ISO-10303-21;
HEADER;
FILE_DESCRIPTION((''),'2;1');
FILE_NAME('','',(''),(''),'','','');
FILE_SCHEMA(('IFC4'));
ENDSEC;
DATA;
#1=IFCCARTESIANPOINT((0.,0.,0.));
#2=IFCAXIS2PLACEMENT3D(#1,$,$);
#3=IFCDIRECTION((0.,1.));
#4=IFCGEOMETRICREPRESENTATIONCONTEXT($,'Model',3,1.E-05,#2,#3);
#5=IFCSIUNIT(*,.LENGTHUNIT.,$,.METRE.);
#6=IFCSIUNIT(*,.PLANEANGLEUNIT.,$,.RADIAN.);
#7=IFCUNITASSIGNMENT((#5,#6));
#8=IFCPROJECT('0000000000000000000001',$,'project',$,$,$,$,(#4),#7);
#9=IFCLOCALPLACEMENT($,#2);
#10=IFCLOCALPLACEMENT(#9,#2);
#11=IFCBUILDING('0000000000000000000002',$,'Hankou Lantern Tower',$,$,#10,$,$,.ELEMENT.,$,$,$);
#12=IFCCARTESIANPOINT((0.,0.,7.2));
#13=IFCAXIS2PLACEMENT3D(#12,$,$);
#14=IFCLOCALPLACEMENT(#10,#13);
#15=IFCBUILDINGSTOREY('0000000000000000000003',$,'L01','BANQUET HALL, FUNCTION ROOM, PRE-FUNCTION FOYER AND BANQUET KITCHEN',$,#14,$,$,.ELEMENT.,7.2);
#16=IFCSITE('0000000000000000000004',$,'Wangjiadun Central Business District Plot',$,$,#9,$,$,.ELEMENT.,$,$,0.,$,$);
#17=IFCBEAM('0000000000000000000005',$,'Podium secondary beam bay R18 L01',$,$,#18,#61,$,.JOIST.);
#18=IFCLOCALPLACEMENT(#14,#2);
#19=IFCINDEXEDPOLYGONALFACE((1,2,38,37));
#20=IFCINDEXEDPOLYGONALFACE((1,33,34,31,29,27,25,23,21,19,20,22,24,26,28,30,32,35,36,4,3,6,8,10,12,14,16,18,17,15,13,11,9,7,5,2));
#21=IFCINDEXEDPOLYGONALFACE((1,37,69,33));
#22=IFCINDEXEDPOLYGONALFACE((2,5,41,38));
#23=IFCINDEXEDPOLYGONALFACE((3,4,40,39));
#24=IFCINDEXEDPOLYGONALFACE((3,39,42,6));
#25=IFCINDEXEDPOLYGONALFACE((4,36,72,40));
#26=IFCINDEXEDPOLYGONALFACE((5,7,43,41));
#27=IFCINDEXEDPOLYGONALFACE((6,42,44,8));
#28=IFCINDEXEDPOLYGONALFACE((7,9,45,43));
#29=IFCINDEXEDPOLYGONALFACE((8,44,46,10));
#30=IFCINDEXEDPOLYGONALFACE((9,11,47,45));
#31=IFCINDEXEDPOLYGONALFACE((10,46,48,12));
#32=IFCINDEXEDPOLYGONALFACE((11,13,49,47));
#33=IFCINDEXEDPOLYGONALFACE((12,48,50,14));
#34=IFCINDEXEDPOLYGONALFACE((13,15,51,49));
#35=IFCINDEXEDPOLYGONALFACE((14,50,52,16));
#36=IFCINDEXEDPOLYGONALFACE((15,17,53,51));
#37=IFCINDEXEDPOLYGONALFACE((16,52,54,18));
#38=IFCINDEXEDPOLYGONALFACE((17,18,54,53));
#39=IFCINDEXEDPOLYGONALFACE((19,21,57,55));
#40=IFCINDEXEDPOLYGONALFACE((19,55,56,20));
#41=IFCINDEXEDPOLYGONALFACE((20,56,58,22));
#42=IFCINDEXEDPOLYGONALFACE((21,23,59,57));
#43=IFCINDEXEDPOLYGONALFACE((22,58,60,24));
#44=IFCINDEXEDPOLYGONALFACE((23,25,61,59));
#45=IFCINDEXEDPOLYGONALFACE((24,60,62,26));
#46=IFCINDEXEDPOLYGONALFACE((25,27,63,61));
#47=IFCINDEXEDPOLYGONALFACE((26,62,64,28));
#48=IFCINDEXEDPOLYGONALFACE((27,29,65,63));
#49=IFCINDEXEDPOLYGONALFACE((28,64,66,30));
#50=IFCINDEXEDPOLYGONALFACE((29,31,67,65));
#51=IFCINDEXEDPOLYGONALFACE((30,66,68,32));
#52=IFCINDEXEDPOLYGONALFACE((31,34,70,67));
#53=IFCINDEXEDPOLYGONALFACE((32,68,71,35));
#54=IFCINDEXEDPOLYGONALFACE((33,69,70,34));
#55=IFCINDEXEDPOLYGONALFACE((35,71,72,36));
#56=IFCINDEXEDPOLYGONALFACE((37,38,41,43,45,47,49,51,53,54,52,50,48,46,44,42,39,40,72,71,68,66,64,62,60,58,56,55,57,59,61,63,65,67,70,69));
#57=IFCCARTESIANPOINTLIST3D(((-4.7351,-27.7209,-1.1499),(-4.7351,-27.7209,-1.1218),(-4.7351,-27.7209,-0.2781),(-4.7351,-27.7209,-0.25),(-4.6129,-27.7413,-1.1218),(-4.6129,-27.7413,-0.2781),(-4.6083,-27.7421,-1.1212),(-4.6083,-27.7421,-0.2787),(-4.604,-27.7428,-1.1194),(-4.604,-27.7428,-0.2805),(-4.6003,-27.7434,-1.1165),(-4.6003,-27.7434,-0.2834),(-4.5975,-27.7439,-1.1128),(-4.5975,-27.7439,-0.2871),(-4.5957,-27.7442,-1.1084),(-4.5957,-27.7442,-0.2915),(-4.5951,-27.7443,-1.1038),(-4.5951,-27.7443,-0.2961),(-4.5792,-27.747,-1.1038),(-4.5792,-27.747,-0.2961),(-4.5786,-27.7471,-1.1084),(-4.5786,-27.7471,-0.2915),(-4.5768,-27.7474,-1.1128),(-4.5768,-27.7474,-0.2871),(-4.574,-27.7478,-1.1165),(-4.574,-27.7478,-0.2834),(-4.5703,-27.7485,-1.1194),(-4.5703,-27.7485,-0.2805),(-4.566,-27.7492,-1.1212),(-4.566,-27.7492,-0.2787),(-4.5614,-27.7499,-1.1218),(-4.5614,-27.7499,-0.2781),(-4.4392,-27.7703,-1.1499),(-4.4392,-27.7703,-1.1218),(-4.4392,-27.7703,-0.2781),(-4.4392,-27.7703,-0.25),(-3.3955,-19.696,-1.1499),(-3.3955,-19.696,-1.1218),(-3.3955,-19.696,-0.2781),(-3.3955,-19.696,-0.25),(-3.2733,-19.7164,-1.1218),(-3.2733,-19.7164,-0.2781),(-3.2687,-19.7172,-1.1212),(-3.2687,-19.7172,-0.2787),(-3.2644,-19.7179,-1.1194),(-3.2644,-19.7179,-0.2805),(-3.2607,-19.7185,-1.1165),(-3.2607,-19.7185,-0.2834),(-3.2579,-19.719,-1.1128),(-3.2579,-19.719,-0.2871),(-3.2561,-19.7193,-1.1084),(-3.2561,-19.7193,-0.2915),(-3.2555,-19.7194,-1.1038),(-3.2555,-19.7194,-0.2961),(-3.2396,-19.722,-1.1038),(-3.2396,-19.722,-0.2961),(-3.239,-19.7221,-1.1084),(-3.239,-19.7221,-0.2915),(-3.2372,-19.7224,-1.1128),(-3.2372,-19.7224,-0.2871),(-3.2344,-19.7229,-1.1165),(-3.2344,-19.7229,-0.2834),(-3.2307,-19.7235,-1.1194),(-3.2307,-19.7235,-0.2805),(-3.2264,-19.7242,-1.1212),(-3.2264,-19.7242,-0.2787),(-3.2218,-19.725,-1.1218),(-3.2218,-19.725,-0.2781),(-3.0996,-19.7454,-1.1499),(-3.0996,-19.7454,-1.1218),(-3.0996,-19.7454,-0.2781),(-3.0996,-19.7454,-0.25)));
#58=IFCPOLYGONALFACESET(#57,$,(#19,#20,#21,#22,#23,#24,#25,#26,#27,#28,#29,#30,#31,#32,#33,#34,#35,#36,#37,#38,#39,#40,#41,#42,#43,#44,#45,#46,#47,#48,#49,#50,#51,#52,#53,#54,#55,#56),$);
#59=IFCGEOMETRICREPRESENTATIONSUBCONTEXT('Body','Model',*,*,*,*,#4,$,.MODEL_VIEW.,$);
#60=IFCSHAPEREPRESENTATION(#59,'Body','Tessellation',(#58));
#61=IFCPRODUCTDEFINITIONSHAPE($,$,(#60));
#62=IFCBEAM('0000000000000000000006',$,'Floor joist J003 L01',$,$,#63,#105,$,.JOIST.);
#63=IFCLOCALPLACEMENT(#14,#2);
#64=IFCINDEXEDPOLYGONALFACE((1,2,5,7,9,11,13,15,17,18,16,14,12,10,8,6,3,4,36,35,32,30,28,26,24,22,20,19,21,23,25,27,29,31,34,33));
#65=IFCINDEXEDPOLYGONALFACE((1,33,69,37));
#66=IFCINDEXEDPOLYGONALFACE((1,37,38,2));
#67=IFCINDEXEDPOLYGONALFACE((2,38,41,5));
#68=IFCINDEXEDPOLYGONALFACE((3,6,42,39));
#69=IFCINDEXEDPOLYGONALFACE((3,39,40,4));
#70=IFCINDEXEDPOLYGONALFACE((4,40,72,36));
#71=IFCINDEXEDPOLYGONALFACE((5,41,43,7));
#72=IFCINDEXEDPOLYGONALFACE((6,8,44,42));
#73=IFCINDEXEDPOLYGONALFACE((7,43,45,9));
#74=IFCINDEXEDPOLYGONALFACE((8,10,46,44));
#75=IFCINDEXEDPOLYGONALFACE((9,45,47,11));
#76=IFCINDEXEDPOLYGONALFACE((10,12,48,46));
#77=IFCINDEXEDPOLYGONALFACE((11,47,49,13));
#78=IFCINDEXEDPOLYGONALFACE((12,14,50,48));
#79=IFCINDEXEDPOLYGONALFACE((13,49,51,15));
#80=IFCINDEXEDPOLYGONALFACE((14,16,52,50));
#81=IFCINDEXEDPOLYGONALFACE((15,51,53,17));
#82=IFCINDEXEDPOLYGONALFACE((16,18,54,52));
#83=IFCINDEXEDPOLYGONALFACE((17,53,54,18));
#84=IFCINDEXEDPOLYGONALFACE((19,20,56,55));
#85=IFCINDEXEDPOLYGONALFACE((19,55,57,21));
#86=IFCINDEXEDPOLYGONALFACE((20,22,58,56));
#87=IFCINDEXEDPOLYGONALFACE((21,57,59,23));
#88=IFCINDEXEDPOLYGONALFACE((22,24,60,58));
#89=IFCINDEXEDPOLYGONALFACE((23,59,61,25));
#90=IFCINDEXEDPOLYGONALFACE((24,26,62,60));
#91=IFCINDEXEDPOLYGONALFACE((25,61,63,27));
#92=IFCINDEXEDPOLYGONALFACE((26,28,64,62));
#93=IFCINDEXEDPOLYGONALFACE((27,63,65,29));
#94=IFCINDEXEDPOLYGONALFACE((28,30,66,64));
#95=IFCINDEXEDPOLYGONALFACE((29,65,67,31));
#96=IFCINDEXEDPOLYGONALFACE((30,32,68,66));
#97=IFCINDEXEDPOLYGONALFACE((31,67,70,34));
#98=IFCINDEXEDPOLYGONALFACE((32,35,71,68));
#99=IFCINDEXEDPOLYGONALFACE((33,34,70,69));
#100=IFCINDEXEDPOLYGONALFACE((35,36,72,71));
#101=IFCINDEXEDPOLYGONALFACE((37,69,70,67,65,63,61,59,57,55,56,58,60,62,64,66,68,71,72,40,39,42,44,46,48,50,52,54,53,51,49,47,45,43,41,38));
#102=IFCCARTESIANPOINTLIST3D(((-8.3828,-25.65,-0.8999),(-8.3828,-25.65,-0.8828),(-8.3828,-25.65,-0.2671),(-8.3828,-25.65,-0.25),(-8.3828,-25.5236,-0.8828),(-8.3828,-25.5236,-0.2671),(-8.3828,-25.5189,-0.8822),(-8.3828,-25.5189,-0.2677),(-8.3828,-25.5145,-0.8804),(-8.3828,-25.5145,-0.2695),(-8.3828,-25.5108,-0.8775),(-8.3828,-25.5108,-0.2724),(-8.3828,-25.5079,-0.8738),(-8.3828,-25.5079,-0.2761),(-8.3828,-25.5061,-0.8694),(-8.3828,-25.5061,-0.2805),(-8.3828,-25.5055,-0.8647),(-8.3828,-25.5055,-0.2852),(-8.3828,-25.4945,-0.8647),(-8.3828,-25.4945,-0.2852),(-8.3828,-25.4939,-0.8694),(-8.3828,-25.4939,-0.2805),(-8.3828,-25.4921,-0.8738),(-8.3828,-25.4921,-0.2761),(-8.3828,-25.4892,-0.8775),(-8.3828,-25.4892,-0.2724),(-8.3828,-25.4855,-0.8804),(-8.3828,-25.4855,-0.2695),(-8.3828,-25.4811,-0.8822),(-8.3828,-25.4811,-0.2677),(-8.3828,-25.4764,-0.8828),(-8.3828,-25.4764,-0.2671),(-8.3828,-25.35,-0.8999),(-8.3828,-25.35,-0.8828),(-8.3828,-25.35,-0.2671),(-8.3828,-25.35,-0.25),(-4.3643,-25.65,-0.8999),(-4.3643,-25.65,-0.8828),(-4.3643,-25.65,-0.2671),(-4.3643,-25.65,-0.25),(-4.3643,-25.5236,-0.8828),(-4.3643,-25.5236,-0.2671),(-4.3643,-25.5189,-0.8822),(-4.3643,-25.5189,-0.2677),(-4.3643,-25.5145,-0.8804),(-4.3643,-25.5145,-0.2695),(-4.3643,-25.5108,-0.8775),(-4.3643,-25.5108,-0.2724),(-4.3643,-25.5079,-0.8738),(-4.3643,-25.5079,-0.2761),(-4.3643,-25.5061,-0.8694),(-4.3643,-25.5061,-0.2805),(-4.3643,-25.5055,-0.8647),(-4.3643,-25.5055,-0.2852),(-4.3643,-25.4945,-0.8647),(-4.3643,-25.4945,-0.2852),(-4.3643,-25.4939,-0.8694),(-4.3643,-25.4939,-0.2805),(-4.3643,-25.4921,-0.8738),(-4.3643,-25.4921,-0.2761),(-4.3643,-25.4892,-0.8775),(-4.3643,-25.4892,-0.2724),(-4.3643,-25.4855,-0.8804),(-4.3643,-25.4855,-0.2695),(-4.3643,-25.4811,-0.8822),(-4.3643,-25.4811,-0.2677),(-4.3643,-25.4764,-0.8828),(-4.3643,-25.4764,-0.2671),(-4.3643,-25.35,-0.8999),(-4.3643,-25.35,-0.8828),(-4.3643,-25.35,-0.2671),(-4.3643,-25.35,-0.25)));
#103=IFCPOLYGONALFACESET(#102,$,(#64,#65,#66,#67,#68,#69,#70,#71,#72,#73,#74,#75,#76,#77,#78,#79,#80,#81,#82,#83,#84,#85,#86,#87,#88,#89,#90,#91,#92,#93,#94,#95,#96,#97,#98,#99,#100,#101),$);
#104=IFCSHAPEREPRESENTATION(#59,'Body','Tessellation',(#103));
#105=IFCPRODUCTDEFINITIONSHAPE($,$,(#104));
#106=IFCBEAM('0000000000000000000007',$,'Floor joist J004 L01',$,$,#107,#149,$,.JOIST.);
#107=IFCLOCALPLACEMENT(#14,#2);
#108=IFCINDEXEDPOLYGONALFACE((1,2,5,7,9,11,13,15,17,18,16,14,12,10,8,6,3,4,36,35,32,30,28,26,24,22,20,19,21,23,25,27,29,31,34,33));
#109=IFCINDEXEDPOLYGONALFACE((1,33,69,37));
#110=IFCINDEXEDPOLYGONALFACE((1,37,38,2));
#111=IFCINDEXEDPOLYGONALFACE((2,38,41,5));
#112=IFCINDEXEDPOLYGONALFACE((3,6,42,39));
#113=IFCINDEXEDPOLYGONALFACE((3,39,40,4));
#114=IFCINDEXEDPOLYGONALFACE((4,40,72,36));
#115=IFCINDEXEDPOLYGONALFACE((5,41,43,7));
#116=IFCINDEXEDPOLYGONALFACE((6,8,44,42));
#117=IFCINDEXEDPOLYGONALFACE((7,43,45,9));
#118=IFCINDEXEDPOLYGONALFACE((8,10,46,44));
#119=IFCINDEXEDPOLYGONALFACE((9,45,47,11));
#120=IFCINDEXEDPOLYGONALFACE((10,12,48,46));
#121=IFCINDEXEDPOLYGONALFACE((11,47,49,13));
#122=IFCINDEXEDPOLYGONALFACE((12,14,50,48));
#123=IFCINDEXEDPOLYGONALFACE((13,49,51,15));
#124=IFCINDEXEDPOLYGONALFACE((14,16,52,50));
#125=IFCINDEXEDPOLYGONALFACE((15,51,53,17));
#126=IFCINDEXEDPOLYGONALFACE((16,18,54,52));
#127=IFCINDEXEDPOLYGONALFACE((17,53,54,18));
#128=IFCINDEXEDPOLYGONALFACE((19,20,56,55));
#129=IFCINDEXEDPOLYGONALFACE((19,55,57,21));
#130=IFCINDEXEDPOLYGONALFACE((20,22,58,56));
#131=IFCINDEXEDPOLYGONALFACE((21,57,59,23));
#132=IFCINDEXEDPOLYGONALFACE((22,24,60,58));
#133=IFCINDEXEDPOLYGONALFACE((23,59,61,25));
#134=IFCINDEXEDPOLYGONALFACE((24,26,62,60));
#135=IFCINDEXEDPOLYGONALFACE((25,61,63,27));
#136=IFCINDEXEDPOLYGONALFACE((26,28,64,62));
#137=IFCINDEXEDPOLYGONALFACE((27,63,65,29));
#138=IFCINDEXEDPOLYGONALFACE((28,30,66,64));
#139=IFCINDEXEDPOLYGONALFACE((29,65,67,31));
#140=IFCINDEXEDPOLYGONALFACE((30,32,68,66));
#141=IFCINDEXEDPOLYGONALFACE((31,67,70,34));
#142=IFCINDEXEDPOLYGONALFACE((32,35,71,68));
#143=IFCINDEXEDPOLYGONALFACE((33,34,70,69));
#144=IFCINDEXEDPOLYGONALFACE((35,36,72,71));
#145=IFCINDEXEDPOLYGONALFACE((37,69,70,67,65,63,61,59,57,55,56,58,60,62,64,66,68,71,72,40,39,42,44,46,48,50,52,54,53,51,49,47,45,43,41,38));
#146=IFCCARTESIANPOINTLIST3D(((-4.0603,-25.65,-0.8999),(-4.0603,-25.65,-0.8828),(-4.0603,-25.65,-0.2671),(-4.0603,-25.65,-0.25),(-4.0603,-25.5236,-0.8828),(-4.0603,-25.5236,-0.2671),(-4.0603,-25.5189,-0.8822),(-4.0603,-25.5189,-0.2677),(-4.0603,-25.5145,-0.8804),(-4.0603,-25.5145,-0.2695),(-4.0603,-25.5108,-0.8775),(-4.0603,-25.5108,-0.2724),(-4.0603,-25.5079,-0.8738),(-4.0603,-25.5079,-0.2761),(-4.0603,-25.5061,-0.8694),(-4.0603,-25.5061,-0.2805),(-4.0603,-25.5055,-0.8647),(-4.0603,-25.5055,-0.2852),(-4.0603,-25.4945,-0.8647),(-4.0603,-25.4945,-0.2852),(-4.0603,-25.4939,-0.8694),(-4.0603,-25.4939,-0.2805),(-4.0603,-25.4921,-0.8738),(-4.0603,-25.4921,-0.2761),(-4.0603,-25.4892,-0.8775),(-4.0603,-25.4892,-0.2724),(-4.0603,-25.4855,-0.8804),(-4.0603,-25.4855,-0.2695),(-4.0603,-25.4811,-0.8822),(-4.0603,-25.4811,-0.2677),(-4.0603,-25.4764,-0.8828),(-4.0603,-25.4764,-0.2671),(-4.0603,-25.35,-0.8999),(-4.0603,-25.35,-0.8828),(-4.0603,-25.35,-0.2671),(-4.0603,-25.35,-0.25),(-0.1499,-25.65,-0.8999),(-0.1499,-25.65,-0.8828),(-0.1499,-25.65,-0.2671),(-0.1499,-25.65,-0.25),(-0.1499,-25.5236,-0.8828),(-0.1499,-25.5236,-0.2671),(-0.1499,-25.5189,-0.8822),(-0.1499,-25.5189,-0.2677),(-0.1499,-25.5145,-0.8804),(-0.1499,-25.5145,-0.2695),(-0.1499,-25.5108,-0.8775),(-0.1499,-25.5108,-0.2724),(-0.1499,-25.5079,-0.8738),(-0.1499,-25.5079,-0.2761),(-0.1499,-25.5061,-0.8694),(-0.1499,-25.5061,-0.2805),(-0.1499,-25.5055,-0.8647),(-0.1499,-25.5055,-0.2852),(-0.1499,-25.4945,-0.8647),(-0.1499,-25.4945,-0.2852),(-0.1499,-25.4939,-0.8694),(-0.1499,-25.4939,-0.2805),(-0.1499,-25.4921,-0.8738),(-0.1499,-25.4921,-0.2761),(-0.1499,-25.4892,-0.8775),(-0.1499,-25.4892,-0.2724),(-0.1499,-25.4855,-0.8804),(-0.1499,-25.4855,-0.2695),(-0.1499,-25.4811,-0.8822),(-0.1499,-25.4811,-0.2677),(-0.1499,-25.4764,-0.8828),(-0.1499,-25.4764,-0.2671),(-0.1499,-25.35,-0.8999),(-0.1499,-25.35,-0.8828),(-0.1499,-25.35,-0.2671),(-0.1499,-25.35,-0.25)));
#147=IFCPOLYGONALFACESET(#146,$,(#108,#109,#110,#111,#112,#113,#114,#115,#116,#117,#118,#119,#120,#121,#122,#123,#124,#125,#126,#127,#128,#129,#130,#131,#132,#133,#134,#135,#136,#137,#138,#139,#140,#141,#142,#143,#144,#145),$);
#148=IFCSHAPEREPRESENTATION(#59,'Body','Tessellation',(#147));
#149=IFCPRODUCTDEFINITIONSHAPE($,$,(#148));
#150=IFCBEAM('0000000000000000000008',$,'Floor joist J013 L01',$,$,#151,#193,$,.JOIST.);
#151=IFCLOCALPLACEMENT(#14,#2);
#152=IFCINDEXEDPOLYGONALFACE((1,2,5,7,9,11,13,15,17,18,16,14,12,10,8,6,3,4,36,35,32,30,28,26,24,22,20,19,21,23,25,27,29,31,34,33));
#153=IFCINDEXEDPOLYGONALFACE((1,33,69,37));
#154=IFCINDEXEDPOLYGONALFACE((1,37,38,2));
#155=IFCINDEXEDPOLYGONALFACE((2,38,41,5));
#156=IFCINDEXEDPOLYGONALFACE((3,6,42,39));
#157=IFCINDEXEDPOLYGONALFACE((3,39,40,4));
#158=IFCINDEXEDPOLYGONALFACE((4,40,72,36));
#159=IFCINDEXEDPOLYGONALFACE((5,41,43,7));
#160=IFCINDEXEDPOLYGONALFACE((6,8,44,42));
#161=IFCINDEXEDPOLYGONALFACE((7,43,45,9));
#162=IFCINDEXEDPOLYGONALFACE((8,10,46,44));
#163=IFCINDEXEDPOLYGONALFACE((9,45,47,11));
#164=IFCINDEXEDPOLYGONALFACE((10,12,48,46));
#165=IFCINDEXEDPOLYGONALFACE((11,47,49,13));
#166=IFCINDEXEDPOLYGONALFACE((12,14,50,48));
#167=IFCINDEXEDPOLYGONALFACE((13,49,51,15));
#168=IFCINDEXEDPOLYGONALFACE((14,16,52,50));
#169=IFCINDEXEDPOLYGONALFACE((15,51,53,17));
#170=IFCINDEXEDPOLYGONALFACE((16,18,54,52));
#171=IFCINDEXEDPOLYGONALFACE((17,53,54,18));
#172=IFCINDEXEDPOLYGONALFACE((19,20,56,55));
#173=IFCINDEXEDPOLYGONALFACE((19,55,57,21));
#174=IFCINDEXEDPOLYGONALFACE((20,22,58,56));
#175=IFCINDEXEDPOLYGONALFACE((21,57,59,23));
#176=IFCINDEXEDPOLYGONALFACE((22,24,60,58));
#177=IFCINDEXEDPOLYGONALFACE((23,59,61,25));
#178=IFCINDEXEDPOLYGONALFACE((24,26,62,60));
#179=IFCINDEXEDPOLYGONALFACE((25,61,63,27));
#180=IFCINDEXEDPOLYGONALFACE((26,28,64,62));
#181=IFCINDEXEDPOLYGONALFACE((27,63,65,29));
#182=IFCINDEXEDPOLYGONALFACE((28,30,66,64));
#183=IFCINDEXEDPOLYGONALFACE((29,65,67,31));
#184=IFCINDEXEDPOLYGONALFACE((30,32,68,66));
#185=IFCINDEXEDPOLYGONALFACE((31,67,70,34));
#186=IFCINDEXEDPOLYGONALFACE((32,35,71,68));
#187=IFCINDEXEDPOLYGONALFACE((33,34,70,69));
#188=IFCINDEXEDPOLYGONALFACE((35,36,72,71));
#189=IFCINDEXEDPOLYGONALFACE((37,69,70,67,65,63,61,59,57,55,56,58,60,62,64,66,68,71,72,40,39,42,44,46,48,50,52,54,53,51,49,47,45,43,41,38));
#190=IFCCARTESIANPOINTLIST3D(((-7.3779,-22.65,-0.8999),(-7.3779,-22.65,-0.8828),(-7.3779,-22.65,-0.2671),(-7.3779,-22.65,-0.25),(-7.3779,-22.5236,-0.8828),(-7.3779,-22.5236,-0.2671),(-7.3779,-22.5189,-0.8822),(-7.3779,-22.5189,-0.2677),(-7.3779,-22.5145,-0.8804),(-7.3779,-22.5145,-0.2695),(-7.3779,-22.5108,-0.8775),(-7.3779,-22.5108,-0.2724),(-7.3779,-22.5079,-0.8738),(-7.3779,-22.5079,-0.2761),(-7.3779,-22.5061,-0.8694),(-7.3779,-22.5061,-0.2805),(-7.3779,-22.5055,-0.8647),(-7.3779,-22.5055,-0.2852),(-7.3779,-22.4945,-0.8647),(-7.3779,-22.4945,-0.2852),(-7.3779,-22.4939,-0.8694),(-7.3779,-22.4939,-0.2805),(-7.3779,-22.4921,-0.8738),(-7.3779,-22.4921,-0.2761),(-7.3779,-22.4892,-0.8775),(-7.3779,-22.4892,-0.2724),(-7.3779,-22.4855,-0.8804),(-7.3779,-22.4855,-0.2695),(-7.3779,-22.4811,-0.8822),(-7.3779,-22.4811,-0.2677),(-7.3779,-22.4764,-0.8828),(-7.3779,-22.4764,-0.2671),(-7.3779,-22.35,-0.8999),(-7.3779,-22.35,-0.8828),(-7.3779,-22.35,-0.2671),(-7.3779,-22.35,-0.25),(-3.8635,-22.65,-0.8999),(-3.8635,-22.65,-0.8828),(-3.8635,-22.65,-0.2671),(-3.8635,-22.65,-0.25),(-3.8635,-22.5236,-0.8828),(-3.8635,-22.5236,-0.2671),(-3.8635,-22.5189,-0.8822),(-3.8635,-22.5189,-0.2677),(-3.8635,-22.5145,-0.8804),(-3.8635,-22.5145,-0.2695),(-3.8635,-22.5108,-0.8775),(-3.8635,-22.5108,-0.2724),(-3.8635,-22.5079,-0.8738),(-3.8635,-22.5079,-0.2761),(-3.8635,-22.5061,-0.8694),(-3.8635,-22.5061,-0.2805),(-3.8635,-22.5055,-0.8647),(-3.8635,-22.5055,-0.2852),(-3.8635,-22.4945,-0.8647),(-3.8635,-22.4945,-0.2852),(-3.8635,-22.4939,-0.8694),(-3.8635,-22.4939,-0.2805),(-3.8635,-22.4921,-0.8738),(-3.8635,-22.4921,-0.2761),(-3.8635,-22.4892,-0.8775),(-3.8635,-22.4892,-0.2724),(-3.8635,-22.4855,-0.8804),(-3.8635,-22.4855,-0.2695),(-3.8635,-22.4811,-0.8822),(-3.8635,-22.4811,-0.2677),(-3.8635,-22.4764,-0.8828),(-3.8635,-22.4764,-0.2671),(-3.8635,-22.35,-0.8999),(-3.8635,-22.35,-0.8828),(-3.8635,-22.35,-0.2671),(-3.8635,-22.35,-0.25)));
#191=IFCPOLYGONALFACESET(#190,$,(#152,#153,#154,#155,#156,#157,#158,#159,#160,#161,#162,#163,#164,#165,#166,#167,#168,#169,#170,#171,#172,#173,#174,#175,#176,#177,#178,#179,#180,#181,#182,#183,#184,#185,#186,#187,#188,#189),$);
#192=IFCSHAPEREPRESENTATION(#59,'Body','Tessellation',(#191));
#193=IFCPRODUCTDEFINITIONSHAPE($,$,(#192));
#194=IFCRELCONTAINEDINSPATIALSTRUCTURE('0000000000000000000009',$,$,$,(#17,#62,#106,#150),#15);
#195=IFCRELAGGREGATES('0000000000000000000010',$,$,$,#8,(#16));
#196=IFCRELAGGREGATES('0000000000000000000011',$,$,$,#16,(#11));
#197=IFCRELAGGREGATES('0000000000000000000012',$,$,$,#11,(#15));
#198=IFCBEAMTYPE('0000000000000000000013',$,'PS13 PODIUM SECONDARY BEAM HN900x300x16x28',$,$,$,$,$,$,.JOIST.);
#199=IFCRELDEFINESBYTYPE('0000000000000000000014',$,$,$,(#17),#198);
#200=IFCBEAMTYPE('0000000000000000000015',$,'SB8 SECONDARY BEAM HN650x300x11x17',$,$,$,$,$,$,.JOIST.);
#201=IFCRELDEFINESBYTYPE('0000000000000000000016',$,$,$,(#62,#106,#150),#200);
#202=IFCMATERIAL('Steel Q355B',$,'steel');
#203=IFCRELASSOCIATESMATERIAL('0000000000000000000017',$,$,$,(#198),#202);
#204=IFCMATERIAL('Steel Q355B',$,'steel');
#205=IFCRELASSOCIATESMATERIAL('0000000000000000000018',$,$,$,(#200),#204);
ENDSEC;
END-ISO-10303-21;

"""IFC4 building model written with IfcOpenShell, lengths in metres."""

from ifc_helpers import new_model, si_unit, direction, frame, origin, origin_2d, place, context, subcontext, project, spatial, i_section, extrude, material, material_profile, profile_set, type_object, element, save


model = new_model("IFC4")

# Units and contexts
model_context = context("Model", 3, precision=1e-05, world=origin(), true_north=direction((0.0, 1.0)))
body_context = subcontext(model_context, "Body", "Model", "MODEL_VIEW")
ifc_project = project(units=[si_unit("LENGTHUNIT", "METRE"), si_unit("PLANEANGLEUNIT", "RADIAN")], contexts=[model_context])

# Site, building, storey
site_placement = place(None, origin())
site = spatial("IfcSite", under=ifc_project, at=site_placement, Name="Wangjiadun Central Business District Plot", CompositionType="ELEMENT", RefElevation=0.0)
building_placement = place(site_placement, origin())
building = spatial("IfcBuilding", under=site, at=building_placement, Name="Hankou Lantern Tower", CompositionType="ELEMENT")
storey_placement = place(building_placement, frame((0.0, 0.0, 7.2)))
storey = spatial("IfcBuildingStorey", under=building, at=storey_placement, Name="L01", Description="BANQUET HALL, FUNCTION ROOM, PRE-FUNCTION FOYER AND BANQUET KITCHEN", CompositionType="ELEMENT", Elevation=7.2)

# Beams
ifc_material_1 = material(Name="Steel Q355B", Category="steel")
ifc_material_profile_1 = material_profile(ifc_material_1, i_section(OverallWidth=0.3, OverallDepth=0.8999, WebThickness=0.0161, FlangeThickness=0.0281, FilletRadius=0.0181, at=origin_2d()), Name="HN900x300x16x28")
ifc_profile_set_1 = profile_set([ifc_material_profile_1], Name="Steel Q355B")
beam_type_1 = type_object("IfcBeamType", Name="PS13 PODIUM SECONDARY BEAM HN900x300x16x28", PredefinedType="JOIST", material=ifc_profile_set_1)
beam_1_placement = place(storey_placement, frame((-3.2476, -19.7207, -0.7), z_axis=(-0.164652, -0.986352, 0.0), x_axis=(0.986352, -0.164652, 0.0)))
element("IfcBeam", 1, at=beam_1_placement, inside=storey, type_object=beam_type_1, Name="Podium secondary beam bay R18 L01", PredefinedType="JOIST", context=body_context, shape_type="SweptSolid", body=[
    extrude(i_section(OverallWidth=0.3, OverallDepth=0.8999, WebThickness=0.0161, FlangeThickness=0.0281, FilletRadius=0.0181, at=origin_2d()), origin(), (0.0, 0.0, 1.0), 8.136),
])
ifc_material_2 = material(Name="Steel Q355B", Category="steel")
ifc_material_profile_2 = material_profile(ifc_material_2, i_section(OverallWidth=0.3, OverallDepth=0.6499, WebThickness=0.011, FlangeThickness=0.0171, FilletRadius=0.0181, at=origin_2d()), Name="HN650x300x11x17")
ifc_profile_set_2 = profile_set([ifc_material_profile_2], Name="Steel Q355B")
beam_type_2 = type_object("IfcBeamType", Name="SB8 SECONDARY BEAM HN650x300x11x17", PredefinedType="JOIST", material=ifc_profile_set_2)
beam_2_placement = place(storey_placement, frame((-8.3828, -25.5, -0.575), z_axis=(1.0, 0.0, 0.0), x_axis=(0.0, 1.0, 0.0)))
element("IfcBeam", 2, at=beam_2_placement, inside=storey, type_object=beam_type_2, Name="Floor joist J003 L01", PredefinedType="JOIST", context=body_context, shape_type="SweptSolid", body=[
    extrude(i_section(OverallWidth=0.3, OverallDepth=0.6499, WebThickness=0.011, FlangeThickness=0.0171, FilletRadius=0.0181, at=origin_2d()), origin(), (0.0, 0.0, 1.0), 4.0186),
])
beam_3_placement = place(storey_placement, frame((-4.0603, -25.5, -0.575), z_axis=(1.0, 0.0, 0.0), x_axis=(0.0, 1.0, 0.0)))
element("IfcBeam", 3, at=beam_3_placement, inside=storey, type_object=beam_type_2, Name="Floor joist J004 L01", PredefinedType="JOIST", context=body_context, shape_type="SweptSolid", body=[
    extrude(i_section(OverallWidth=0.3, OverallDepth=0.6499, WebThickness=0.011, FlangeThickness=0.0171, FilletRadius=0.0181, at=origin_2d()), origin(), (0.0, 0.0, 1.0), 3.9104),
])
beam_4_placement = place(storey_placement, frame((-7.3779, -22.5, -0.575), z_axis=(1.0, 0.0, 0.0), x_axis=(0.0, 1.0, 0.0)))
element("IfcBeam", 4, at=beam_4_placement, inside=storey, type_object=beam_type_2, Name="Floor joist J013 L01", PredefinedType="JOIST", context=body_context, shape_type="SweptSolid", body=[
    extrude(i_section(OverallWidth=0.3, OverallDepth=0.6499, WebThickness=0.011, FlangeThickness=0.0171, FilletRadius=0.0181, at=origin_2d()), origin(), (0.0, 0.0, 1.0), 3.5144),
])

save(model, "model.ifc")
